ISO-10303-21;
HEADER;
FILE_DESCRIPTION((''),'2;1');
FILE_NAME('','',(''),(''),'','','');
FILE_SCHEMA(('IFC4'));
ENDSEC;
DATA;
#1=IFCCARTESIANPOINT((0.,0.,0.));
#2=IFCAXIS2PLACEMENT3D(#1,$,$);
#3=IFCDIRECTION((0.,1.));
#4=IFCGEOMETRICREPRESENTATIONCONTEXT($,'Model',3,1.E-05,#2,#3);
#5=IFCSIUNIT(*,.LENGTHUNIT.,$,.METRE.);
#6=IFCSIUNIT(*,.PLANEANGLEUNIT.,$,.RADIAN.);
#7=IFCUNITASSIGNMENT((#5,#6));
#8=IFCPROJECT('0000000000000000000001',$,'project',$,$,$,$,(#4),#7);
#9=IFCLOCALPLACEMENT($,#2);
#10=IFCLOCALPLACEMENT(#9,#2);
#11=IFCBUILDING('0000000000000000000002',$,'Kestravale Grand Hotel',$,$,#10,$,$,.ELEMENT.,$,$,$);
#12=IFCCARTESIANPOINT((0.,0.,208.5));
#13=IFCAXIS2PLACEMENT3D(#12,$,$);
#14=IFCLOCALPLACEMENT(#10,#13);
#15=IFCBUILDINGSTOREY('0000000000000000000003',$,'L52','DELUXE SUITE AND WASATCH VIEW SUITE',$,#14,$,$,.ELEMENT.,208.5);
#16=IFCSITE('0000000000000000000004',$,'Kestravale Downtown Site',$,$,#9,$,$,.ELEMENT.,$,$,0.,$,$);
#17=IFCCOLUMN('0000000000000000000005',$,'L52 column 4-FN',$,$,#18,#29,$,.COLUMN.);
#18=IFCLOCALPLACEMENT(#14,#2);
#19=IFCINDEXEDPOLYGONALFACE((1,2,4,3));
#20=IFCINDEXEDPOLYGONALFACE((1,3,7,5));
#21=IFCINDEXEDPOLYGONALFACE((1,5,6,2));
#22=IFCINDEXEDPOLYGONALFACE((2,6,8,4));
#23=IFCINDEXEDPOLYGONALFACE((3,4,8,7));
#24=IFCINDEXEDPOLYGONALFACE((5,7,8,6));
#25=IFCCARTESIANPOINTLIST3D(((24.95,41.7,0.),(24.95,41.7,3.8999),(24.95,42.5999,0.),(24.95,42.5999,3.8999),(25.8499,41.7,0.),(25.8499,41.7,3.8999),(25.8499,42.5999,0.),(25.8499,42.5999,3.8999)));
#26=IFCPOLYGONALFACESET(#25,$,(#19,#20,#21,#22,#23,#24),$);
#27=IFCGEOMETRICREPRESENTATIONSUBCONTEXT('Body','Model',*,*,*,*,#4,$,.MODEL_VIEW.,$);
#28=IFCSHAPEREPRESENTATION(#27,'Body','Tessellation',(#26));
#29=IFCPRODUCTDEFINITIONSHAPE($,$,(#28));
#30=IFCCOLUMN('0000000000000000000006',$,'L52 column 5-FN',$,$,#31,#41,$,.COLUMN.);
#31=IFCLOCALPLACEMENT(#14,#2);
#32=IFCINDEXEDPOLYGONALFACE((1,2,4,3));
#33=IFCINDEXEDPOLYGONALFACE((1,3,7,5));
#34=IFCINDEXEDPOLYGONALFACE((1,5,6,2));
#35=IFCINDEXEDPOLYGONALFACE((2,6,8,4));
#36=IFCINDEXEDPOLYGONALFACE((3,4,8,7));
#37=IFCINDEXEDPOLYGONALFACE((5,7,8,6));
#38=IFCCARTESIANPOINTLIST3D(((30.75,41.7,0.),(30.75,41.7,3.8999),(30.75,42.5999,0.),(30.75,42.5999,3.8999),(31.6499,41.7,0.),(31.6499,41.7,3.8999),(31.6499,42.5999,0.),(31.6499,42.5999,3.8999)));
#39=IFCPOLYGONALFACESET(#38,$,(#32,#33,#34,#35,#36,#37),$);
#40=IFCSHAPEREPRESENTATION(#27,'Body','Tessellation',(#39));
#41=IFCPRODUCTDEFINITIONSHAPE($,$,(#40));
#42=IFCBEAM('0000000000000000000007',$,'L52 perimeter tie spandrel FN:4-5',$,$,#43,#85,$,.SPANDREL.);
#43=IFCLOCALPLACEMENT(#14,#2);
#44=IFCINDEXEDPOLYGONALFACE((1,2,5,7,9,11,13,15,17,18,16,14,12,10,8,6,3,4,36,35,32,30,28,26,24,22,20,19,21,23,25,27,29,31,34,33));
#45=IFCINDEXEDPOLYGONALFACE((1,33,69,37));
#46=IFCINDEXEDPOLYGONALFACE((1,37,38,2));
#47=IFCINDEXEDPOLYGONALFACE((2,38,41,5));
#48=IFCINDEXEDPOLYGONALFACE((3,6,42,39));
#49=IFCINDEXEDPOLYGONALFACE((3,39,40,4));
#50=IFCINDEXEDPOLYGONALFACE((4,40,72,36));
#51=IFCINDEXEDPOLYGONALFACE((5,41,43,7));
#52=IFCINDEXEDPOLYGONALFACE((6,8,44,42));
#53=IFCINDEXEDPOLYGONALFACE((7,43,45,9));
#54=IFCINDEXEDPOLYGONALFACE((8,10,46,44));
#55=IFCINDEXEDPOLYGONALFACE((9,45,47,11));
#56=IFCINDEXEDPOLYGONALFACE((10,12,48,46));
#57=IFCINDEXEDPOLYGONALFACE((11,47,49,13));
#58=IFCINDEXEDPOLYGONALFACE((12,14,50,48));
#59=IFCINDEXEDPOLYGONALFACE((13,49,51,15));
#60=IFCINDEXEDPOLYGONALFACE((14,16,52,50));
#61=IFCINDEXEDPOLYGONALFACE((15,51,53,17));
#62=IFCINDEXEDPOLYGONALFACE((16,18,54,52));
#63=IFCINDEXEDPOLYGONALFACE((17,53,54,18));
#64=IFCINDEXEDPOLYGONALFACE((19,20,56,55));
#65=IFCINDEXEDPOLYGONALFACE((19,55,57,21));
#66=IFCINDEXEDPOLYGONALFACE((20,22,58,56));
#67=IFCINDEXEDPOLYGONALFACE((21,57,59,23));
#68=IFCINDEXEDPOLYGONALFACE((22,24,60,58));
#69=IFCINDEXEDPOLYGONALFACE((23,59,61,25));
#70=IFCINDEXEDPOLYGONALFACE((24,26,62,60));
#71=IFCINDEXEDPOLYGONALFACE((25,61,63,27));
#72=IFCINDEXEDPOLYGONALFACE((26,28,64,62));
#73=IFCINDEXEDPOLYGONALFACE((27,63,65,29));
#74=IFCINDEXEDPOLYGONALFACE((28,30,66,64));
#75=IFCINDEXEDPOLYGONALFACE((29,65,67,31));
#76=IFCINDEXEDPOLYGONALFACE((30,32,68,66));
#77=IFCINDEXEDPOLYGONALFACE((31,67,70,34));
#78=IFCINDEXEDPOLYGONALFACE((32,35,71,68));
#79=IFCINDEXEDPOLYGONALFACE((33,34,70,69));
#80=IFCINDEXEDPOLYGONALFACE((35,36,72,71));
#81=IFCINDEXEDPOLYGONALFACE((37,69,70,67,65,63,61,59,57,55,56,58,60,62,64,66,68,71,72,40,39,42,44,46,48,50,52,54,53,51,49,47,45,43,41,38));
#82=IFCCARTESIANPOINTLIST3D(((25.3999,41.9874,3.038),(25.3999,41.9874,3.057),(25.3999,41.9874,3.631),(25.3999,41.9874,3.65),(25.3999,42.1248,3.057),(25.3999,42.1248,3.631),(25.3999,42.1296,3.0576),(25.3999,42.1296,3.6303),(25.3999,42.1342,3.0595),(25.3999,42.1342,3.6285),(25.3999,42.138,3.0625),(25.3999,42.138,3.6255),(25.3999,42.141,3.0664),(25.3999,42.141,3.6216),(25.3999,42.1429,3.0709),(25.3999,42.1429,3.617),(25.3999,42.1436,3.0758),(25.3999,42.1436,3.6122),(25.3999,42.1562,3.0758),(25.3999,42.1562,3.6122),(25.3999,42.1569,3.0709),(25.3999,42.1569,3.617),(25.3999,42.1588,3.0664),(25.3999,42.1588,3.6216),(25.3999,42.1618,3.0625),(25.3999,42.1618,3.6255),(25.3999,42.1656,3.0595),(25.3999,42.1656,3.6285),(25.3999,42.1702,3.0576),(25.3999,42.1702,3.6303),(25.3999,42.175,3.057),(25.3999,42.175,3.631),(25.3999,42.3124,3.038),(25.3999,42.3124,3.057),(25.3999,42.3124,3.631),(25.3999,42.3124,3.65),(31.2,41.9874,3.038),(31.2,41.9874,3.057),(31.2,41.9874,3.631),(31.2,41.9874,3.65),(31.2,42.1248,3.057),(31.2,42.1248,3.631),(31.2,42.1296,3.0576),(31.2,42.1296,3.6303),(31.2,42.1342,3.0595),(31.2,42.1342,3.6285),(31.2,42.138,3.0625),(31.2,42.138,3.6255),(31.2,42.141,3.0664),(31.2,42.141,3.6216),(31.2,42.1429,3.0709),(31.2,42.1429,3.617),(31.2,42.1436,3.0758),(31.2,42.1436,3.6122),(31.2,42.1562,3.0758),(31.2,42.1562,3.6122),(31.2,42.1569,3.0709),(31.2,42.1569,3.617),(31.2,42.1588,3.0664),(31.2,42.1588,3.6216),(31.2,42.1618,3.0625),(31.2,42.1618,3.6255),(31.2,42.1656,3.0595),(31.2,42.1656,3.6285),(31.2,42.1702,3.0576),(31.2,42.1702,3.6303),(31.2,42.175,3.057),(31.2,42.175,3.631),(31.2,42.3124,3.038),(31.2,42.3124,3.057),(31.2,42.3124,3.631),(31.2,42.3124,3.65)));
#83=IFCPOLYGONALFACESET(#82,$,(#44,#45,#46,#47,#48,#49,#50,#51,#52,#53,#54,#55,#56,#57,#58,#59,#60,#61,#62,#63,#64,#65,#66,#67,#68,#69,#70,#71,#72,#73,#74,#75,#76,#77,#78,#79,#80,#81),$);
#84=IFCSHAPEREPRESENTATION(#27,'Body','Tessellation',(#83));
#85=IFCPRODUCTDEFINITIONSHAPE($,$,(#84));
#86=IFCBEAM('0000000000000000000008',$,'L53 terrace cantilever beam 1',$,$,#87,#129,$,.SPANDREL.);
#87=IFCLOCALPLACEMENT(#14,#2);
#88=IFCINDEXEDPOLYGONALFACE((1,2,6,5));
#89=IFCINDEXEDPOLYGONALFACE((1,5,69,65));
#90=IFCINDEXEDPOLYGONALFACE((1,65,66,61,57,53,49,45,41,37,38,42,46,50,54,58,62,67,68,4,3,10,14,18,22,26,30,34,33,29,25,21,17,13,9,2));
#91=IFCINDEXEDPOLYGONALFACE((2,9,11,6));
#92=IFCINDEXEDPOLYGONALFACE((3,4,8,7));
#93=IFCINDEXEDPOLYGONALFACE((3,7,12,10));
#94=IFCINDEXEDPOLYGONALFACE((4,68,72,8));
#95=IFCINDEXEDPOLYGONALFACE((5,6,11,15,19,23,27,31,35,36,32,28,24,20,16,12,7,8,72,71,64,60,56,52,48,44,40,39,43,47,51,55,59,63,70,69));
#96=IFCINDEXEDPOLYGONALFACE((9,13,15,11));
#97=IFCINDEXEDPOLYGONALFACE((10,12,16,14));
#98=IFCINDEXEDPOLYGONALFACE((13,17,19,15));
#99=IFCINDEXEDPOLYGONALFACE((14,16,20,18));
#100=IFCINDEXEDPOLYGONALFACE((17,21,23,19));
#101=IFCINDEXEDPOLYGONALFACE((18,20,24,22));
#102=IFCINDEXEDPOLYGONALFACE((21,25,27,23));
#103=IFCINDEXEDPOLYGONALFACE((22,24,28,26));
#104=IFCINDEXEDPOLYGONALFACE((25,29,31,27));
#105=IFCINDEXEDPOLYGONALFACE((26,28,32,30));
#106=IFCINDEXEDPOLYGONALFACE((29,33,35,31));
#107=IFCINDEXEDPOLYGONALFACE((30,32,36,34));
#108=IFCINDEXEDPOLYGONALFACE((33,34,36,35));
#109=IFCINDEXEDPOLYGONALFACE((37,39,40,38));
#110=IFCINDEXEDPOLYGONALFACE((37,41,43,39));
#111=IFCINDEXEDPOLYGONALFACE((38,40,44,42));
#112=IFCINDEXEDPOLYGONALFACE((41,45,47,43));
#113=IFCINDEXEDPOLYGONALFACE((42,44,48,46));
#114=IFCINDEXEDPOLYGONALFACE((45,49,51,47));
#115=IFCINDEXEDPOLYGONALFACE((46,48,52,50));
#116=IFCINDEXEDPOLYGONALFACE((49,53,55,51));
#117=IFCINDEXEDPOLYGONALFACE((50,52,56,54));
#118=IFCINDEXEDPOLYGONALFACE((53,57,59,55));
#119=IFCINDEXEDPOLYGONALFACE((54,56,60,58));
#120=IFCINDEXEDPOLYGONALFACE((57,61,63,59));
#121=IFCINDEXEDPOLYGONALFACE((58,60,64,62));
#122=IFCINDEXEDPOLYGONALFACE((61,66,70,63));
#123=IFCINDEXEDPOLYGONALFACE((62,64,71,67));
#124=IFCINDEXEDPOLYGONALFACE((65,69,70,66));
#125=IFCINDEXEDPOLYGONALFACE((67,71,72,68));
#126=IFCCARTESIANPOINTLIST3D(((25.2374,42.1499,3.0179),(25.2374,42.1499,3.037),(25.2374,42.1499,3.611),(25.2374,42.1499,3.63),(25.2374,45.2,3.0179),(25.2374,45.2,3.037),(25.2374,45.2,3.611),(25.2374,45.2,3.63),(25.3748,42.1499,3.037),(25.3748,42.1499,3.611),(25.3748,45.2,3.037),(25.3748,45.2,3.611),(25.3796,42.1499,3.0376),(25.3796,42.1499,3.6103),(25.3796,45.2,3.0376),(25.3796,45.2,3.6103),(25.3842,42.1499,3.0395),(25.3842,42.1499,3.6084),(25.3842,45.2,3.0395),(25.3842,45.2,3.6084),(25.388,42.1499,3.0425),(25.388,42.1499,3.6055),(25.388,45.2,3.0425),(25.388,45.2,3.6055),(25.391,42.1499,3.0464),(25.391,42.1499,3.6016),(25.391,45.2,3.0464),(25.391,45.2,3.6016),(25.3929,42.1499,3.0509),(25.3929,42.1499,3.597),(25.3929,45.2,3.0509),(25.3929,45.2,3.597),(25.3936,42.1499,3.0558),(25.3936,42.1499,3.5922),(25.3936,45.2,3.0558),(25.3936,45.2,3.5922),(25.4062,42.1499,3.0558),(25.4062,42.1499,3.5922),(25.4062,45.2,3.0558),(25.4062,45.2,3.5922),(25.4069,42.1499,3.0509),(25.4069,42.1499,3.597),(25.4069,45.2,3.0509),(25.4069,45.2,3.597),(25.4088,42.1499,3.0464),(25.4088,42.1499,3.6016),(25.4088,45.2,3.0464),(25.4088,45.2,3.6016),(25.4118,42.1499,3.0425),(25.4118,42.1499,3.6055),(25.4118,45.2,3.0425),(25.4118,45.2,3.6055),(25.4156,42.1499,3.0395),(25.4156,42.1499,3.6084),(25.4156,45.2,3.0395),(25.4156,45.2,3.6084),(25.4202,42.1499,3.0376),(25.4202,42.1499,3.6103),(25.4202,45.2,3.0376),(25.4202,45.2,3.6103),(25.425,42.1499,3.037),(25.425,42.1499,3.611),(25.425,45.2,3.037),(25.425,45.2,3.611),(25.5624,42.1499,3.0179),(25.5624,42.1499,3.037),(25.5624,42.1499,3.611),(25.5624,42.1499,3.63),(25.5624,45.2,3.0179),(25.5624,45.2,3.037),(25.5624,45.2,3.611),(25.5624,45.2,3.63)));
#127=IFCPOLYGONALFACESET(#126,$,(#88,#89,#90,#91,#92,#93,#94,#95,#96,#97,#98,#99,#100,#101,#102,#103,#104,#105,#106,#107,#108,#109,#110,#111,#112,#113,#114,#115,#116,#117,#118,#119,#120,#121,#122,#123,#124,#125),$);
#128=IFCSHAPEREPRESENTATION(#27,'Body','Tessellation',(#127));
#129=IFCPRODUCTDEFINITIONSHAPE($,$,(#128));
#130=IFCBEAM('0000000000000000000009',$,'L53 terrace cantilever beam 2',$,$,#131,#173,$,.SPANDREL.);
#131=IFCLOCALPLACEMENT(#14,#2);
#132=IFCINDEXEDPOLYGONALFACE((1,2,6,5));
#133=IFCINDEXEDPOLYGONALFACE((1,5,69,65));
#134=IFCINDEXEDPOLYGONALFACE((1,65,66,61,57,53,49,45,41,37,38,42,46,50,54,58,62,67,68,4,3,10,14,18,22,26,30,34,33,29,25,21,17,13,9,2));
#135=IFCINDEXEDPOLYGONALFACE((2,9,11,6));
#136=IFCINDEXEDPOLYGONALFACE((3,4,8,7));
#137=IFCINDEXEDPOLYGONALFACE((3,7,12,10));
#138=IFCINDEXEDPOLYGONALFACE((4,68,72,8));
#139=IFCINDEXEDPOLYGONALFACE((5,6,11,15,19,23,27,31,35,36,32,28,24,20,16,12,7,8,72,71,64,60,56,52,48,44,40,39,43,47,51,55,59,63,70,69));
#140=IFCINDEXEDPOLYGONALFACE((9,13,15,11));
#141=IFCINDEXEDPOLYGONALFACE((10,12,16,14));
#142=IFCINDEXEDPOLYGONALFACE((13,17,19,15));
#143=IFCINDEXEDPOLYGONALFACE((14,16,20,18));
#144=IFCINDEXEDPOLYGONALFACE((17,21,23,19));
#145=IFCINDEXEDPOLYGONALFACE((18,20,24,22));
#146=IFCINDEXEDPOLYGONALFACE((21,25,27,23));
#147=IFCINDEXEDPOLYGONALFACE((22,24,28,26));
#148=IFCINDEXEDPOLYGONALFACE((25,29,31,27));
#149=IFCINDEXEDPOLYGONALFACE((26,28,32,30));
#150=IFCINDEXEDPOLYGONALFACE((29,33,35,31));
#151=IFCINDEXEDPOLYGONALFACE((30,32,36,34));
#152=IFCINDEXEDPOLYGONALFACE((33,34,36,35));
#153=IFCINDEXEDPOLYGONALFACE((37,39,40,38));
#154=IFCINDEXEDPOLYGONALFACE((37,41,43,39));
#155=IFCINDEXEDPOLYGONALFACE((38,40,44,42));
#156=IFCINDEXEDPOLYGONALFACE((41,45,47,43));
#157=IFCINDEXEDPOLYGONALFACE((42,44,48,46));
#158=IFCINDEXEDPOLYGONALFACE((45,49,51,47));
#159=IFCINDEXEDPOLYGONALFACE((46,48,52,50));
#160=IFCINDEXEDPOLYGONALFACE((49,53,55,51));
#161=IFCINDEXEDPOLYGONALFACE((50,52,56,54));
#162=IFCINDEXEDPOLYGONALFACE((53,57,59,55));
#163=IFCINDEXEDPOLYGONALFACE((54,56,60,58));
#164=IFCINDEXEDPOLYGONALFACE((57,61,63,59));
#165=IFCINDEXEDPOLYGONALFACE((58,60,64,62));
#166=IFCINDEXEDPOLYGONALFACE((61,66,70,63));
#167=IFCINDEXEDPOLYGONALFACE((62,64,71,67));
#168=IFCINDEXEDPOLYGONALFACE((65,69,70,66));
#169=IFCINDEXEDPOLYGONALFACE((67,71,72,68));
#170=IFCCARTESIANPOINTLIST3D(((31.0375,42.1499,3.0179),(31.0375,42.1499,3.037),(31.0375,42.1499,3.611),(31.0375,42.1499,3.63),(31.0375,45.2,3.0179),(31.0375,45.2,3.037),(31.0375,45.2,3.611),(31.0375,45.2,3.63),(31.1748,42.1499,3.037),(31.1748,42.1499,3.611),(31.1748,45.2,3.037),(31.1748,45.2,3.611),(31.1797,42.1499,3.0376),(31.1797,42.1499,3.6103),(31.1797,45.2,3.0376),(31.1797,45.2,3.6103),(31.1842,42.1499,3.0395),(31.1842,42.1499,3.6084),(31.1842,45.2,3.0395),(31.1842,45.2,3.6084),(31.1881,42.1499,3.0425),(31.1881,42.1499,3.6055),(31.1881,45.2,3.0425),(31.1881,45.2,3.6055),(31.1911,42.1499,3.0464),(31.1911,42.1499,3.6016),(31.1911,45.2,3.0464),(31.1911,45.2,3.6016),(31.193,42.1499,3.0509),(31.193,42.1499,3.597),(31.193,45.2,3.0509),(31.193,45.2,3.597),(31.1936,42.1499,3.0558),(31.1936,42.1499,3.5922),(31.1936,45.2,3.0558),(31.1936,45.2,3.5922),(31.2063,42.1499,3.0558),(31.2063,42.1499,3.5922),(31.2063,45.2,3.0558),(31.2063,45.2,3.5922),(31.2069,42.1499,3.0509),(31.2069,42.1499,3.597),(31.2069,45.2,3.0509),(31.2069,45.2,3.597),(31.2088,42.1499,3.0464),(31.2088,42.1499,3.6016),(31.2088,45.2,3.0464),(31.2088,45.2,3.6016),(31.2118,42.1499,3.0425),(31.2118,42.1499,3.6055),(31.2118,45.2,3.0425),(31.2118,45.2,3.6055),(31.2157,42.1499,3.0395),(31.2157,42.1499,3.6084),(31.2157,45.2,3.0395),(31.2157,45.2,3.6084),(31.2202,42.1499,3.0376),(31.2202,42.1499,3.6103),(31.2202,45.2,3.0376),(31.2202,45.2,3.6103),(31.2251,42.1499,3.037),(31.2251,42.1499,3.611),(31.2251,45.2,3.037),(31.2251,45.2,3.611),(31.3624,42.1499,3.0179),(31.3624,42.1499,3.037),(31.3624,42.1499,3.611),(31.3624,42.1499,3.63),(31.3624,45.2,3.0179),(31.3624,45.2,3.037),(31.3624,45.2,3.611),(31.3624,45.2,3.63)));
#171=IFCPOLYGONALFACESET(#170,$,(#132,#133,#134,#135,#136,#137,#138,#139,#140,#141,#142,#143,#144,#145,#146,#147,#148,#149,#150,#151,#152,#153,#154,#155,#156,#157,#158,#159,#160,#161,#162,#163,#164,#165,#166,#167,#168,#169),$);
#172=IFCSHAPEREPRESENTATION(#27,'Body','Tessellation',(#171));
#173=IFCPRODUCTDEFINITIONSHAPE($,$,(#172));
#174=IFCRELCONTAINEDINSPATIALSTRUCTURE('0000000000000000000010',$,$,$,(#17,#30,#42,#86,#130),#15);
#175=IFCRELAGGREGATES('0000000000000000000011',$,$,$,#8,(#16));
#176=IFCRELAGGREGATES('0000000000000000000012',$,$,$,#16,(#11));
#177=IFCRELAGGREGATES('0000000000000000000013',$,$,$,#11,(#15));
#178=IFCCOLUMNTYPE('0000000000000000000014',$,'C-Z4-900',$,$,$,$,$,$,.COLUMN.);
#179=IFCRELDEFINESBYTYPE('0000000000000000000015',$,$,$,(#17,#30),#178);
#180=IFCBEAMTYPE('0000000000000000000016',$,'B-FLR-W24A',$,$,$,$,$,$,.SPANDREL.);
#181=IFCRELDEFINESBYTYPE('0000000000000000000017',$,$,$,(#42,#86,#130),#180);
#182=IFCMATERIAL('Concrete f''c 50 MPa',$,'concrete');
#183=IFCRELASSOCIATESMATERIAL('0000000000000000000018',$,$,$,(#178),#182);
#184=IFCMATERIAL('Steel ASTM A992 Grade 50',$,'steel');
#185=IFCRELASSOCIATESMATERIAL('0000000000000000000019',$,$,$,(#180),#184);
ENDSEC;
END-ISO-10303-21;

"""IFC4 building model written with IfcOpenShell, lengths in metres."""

from ifc_helpers import new_model, si_unit, direction, frame, origin, origin_2d, place, context, subcontext, project, spatial, rectangle, i_section, extrude, material, material_profile, profile_set, type_object, element, save


model = new_model("IFC4")

# Units and contexts
model_context = context("Model", 3, precision=1e-05, world=origin(), true_north=direction((0.0, 1.0)))
body_context = subcontext(model_context, "Body", "Model", "MODEL_VIEW")
ifc_project = project(units=[si_unit("LENGTHUNIT", "METRE"), si_unit("PLANEANGLEUNIT", "RADIAN")], contexts=[model_context])

# Site, building, storey
site_placement = place(None, origin())
site = spatial("IfcSite", under=ifc_project, at=site_placement, Name="Kestravale Downtown Site", CompositionType="ELEMENT", RefElevation=0.0)
building_placement = place(site_placement, origin())
building = spatial("IfcBuilding", under=site, at=building_placement, Name="Kestravale Grand Hotel", CompositionType="ELEMENT")
storey_placement = place(building_placement, frame((0.0, 0.0, 208.5)))
storey = spatial("IfcBuildingStorey", under=building, at=storey_placement, Name="L52", Description="DELUXE SUITE AND WASATCH VIEW SUITE", CompositionType="ELEMENT", Elevation=208.5)

# Columns
ifc_material_1 = material(Name="Concrete f'c 50 MPa", Category="concrete")
ifc_material_profile_1 = material_profile(ifc_material_1, rectangle(XDim=0.8999, YDim=0.8999, at=origin_2d()))
ifc_profile_set_1 = profile_set([ifc_material_profile_1], Name="Concrete f'c 50 MPa")
column_type = type_object("IfcColumnType", Name="C-Z4-900", PredefinedType="COLUMN", material=ifc_profile_set_1)
for number, where, z_axis, x_axis, name in (
    (1, (25.3999, 42.1499, 0.0), (0.0, 0.0, 1.0), (1.0, 0.0, 0.0), "L52 column 4-FN"),
    (2, (31.2, 42.1499, 0.0), (0.0, 0.0, 1.0), (1.0, 0.0, 0.0), "L52 column 5-FN"),
):
    element("IfcColumn", number, at=place(storey_placement, frame(where, z_axis=z_axis, x_axis=x_axis)), inside=storey, type_object=column_type, Name=name, PredefinedType="COLUMN", context=body_context, shape_type="SweptSolid", body=[
        extrude(rectangle(XDim=0.8999, YDim=0.8999, at=origin_2d()), origin(), (0.0, 0.0, 1.0), 3.8999),
    ])

# Beams
ifc_material_2 = material(Name="Steel ASTM A992 Grade 50", Category="steel")
ifc_material_profile_2 = material_profile(ifc_material_2, i_section(OverallWidth=0.325, OverallDepth=0.6121, WebThickness=0.0127, FlangeThickness=0.019, FilletRadius=0.0188, at=origin_2d()))
ifc_profile_set_2 = profile_set([ifc_material_profile_2], Name="Steel ASTM A992 Grade 50")
beam_type_1 = type_object("IfcBeamType", Name="B-FLR-W24A", PredefinedType="SPANDREL", material=ifc_profile_set_2)
beam_1_placement = place(storey_placement, frame((25.3999, 42.1499, 3.344), z_axis=(1.0, 0.0, 0.0), x_axis=(0.0, 1.0, 0.0)))
element("IfcBeam", 3, at=beam_1_placement, inside=storey, type_object=beam_type_1, Name="L52 perimeter tie spandrel FN:4-5", PredefinedType="SPANDREL", context=body_context, shape_type="SweptSolid", body=[
    extrude(i_section(OverallWidth=0.325, OverallDepth=0.6121, WebThickness=0.0127, FlangeThickness=0.019, FilletRadius=0.0188, at=origin_2d()), origin(), (0.0, 0.0, 1.0), 5.8),
])
for number, where, z_axis, x_axis, name in (
    (4, (25.3999, 42.1499, 3.324), (0.0, 1.0, 0.0), (-1.0, 0.0, 0.0), "L53 terrace cantilever beam 1"),
    (5, (31.2, 42.1499, 3.324), (0.0, 1.0, 0.0), (-1.0, 0.0, 0.0), "L53 terrace cantilever beam 2"),
):
    element("IfcBeam", number, at=place(storey_placement, frame(where, z_axis=z_axis, x_axis=x_axis)), inside=storey, type_object=beam_type_1, Name=name, PredefinedType="SPANDREL", context=body_context, shape_type="SweptSolid", body=[
        extrude(i_section(OverallWidth=0.325, OverallDepth=0.6121, WebThickness=0.0127, FlangeThickness=0.019, FilletRadius=0.0188, at=origin_2d()), origin(), (0.0, 0.0, 1.0), 3.05),
    ])

save(model, "model.ifc")
